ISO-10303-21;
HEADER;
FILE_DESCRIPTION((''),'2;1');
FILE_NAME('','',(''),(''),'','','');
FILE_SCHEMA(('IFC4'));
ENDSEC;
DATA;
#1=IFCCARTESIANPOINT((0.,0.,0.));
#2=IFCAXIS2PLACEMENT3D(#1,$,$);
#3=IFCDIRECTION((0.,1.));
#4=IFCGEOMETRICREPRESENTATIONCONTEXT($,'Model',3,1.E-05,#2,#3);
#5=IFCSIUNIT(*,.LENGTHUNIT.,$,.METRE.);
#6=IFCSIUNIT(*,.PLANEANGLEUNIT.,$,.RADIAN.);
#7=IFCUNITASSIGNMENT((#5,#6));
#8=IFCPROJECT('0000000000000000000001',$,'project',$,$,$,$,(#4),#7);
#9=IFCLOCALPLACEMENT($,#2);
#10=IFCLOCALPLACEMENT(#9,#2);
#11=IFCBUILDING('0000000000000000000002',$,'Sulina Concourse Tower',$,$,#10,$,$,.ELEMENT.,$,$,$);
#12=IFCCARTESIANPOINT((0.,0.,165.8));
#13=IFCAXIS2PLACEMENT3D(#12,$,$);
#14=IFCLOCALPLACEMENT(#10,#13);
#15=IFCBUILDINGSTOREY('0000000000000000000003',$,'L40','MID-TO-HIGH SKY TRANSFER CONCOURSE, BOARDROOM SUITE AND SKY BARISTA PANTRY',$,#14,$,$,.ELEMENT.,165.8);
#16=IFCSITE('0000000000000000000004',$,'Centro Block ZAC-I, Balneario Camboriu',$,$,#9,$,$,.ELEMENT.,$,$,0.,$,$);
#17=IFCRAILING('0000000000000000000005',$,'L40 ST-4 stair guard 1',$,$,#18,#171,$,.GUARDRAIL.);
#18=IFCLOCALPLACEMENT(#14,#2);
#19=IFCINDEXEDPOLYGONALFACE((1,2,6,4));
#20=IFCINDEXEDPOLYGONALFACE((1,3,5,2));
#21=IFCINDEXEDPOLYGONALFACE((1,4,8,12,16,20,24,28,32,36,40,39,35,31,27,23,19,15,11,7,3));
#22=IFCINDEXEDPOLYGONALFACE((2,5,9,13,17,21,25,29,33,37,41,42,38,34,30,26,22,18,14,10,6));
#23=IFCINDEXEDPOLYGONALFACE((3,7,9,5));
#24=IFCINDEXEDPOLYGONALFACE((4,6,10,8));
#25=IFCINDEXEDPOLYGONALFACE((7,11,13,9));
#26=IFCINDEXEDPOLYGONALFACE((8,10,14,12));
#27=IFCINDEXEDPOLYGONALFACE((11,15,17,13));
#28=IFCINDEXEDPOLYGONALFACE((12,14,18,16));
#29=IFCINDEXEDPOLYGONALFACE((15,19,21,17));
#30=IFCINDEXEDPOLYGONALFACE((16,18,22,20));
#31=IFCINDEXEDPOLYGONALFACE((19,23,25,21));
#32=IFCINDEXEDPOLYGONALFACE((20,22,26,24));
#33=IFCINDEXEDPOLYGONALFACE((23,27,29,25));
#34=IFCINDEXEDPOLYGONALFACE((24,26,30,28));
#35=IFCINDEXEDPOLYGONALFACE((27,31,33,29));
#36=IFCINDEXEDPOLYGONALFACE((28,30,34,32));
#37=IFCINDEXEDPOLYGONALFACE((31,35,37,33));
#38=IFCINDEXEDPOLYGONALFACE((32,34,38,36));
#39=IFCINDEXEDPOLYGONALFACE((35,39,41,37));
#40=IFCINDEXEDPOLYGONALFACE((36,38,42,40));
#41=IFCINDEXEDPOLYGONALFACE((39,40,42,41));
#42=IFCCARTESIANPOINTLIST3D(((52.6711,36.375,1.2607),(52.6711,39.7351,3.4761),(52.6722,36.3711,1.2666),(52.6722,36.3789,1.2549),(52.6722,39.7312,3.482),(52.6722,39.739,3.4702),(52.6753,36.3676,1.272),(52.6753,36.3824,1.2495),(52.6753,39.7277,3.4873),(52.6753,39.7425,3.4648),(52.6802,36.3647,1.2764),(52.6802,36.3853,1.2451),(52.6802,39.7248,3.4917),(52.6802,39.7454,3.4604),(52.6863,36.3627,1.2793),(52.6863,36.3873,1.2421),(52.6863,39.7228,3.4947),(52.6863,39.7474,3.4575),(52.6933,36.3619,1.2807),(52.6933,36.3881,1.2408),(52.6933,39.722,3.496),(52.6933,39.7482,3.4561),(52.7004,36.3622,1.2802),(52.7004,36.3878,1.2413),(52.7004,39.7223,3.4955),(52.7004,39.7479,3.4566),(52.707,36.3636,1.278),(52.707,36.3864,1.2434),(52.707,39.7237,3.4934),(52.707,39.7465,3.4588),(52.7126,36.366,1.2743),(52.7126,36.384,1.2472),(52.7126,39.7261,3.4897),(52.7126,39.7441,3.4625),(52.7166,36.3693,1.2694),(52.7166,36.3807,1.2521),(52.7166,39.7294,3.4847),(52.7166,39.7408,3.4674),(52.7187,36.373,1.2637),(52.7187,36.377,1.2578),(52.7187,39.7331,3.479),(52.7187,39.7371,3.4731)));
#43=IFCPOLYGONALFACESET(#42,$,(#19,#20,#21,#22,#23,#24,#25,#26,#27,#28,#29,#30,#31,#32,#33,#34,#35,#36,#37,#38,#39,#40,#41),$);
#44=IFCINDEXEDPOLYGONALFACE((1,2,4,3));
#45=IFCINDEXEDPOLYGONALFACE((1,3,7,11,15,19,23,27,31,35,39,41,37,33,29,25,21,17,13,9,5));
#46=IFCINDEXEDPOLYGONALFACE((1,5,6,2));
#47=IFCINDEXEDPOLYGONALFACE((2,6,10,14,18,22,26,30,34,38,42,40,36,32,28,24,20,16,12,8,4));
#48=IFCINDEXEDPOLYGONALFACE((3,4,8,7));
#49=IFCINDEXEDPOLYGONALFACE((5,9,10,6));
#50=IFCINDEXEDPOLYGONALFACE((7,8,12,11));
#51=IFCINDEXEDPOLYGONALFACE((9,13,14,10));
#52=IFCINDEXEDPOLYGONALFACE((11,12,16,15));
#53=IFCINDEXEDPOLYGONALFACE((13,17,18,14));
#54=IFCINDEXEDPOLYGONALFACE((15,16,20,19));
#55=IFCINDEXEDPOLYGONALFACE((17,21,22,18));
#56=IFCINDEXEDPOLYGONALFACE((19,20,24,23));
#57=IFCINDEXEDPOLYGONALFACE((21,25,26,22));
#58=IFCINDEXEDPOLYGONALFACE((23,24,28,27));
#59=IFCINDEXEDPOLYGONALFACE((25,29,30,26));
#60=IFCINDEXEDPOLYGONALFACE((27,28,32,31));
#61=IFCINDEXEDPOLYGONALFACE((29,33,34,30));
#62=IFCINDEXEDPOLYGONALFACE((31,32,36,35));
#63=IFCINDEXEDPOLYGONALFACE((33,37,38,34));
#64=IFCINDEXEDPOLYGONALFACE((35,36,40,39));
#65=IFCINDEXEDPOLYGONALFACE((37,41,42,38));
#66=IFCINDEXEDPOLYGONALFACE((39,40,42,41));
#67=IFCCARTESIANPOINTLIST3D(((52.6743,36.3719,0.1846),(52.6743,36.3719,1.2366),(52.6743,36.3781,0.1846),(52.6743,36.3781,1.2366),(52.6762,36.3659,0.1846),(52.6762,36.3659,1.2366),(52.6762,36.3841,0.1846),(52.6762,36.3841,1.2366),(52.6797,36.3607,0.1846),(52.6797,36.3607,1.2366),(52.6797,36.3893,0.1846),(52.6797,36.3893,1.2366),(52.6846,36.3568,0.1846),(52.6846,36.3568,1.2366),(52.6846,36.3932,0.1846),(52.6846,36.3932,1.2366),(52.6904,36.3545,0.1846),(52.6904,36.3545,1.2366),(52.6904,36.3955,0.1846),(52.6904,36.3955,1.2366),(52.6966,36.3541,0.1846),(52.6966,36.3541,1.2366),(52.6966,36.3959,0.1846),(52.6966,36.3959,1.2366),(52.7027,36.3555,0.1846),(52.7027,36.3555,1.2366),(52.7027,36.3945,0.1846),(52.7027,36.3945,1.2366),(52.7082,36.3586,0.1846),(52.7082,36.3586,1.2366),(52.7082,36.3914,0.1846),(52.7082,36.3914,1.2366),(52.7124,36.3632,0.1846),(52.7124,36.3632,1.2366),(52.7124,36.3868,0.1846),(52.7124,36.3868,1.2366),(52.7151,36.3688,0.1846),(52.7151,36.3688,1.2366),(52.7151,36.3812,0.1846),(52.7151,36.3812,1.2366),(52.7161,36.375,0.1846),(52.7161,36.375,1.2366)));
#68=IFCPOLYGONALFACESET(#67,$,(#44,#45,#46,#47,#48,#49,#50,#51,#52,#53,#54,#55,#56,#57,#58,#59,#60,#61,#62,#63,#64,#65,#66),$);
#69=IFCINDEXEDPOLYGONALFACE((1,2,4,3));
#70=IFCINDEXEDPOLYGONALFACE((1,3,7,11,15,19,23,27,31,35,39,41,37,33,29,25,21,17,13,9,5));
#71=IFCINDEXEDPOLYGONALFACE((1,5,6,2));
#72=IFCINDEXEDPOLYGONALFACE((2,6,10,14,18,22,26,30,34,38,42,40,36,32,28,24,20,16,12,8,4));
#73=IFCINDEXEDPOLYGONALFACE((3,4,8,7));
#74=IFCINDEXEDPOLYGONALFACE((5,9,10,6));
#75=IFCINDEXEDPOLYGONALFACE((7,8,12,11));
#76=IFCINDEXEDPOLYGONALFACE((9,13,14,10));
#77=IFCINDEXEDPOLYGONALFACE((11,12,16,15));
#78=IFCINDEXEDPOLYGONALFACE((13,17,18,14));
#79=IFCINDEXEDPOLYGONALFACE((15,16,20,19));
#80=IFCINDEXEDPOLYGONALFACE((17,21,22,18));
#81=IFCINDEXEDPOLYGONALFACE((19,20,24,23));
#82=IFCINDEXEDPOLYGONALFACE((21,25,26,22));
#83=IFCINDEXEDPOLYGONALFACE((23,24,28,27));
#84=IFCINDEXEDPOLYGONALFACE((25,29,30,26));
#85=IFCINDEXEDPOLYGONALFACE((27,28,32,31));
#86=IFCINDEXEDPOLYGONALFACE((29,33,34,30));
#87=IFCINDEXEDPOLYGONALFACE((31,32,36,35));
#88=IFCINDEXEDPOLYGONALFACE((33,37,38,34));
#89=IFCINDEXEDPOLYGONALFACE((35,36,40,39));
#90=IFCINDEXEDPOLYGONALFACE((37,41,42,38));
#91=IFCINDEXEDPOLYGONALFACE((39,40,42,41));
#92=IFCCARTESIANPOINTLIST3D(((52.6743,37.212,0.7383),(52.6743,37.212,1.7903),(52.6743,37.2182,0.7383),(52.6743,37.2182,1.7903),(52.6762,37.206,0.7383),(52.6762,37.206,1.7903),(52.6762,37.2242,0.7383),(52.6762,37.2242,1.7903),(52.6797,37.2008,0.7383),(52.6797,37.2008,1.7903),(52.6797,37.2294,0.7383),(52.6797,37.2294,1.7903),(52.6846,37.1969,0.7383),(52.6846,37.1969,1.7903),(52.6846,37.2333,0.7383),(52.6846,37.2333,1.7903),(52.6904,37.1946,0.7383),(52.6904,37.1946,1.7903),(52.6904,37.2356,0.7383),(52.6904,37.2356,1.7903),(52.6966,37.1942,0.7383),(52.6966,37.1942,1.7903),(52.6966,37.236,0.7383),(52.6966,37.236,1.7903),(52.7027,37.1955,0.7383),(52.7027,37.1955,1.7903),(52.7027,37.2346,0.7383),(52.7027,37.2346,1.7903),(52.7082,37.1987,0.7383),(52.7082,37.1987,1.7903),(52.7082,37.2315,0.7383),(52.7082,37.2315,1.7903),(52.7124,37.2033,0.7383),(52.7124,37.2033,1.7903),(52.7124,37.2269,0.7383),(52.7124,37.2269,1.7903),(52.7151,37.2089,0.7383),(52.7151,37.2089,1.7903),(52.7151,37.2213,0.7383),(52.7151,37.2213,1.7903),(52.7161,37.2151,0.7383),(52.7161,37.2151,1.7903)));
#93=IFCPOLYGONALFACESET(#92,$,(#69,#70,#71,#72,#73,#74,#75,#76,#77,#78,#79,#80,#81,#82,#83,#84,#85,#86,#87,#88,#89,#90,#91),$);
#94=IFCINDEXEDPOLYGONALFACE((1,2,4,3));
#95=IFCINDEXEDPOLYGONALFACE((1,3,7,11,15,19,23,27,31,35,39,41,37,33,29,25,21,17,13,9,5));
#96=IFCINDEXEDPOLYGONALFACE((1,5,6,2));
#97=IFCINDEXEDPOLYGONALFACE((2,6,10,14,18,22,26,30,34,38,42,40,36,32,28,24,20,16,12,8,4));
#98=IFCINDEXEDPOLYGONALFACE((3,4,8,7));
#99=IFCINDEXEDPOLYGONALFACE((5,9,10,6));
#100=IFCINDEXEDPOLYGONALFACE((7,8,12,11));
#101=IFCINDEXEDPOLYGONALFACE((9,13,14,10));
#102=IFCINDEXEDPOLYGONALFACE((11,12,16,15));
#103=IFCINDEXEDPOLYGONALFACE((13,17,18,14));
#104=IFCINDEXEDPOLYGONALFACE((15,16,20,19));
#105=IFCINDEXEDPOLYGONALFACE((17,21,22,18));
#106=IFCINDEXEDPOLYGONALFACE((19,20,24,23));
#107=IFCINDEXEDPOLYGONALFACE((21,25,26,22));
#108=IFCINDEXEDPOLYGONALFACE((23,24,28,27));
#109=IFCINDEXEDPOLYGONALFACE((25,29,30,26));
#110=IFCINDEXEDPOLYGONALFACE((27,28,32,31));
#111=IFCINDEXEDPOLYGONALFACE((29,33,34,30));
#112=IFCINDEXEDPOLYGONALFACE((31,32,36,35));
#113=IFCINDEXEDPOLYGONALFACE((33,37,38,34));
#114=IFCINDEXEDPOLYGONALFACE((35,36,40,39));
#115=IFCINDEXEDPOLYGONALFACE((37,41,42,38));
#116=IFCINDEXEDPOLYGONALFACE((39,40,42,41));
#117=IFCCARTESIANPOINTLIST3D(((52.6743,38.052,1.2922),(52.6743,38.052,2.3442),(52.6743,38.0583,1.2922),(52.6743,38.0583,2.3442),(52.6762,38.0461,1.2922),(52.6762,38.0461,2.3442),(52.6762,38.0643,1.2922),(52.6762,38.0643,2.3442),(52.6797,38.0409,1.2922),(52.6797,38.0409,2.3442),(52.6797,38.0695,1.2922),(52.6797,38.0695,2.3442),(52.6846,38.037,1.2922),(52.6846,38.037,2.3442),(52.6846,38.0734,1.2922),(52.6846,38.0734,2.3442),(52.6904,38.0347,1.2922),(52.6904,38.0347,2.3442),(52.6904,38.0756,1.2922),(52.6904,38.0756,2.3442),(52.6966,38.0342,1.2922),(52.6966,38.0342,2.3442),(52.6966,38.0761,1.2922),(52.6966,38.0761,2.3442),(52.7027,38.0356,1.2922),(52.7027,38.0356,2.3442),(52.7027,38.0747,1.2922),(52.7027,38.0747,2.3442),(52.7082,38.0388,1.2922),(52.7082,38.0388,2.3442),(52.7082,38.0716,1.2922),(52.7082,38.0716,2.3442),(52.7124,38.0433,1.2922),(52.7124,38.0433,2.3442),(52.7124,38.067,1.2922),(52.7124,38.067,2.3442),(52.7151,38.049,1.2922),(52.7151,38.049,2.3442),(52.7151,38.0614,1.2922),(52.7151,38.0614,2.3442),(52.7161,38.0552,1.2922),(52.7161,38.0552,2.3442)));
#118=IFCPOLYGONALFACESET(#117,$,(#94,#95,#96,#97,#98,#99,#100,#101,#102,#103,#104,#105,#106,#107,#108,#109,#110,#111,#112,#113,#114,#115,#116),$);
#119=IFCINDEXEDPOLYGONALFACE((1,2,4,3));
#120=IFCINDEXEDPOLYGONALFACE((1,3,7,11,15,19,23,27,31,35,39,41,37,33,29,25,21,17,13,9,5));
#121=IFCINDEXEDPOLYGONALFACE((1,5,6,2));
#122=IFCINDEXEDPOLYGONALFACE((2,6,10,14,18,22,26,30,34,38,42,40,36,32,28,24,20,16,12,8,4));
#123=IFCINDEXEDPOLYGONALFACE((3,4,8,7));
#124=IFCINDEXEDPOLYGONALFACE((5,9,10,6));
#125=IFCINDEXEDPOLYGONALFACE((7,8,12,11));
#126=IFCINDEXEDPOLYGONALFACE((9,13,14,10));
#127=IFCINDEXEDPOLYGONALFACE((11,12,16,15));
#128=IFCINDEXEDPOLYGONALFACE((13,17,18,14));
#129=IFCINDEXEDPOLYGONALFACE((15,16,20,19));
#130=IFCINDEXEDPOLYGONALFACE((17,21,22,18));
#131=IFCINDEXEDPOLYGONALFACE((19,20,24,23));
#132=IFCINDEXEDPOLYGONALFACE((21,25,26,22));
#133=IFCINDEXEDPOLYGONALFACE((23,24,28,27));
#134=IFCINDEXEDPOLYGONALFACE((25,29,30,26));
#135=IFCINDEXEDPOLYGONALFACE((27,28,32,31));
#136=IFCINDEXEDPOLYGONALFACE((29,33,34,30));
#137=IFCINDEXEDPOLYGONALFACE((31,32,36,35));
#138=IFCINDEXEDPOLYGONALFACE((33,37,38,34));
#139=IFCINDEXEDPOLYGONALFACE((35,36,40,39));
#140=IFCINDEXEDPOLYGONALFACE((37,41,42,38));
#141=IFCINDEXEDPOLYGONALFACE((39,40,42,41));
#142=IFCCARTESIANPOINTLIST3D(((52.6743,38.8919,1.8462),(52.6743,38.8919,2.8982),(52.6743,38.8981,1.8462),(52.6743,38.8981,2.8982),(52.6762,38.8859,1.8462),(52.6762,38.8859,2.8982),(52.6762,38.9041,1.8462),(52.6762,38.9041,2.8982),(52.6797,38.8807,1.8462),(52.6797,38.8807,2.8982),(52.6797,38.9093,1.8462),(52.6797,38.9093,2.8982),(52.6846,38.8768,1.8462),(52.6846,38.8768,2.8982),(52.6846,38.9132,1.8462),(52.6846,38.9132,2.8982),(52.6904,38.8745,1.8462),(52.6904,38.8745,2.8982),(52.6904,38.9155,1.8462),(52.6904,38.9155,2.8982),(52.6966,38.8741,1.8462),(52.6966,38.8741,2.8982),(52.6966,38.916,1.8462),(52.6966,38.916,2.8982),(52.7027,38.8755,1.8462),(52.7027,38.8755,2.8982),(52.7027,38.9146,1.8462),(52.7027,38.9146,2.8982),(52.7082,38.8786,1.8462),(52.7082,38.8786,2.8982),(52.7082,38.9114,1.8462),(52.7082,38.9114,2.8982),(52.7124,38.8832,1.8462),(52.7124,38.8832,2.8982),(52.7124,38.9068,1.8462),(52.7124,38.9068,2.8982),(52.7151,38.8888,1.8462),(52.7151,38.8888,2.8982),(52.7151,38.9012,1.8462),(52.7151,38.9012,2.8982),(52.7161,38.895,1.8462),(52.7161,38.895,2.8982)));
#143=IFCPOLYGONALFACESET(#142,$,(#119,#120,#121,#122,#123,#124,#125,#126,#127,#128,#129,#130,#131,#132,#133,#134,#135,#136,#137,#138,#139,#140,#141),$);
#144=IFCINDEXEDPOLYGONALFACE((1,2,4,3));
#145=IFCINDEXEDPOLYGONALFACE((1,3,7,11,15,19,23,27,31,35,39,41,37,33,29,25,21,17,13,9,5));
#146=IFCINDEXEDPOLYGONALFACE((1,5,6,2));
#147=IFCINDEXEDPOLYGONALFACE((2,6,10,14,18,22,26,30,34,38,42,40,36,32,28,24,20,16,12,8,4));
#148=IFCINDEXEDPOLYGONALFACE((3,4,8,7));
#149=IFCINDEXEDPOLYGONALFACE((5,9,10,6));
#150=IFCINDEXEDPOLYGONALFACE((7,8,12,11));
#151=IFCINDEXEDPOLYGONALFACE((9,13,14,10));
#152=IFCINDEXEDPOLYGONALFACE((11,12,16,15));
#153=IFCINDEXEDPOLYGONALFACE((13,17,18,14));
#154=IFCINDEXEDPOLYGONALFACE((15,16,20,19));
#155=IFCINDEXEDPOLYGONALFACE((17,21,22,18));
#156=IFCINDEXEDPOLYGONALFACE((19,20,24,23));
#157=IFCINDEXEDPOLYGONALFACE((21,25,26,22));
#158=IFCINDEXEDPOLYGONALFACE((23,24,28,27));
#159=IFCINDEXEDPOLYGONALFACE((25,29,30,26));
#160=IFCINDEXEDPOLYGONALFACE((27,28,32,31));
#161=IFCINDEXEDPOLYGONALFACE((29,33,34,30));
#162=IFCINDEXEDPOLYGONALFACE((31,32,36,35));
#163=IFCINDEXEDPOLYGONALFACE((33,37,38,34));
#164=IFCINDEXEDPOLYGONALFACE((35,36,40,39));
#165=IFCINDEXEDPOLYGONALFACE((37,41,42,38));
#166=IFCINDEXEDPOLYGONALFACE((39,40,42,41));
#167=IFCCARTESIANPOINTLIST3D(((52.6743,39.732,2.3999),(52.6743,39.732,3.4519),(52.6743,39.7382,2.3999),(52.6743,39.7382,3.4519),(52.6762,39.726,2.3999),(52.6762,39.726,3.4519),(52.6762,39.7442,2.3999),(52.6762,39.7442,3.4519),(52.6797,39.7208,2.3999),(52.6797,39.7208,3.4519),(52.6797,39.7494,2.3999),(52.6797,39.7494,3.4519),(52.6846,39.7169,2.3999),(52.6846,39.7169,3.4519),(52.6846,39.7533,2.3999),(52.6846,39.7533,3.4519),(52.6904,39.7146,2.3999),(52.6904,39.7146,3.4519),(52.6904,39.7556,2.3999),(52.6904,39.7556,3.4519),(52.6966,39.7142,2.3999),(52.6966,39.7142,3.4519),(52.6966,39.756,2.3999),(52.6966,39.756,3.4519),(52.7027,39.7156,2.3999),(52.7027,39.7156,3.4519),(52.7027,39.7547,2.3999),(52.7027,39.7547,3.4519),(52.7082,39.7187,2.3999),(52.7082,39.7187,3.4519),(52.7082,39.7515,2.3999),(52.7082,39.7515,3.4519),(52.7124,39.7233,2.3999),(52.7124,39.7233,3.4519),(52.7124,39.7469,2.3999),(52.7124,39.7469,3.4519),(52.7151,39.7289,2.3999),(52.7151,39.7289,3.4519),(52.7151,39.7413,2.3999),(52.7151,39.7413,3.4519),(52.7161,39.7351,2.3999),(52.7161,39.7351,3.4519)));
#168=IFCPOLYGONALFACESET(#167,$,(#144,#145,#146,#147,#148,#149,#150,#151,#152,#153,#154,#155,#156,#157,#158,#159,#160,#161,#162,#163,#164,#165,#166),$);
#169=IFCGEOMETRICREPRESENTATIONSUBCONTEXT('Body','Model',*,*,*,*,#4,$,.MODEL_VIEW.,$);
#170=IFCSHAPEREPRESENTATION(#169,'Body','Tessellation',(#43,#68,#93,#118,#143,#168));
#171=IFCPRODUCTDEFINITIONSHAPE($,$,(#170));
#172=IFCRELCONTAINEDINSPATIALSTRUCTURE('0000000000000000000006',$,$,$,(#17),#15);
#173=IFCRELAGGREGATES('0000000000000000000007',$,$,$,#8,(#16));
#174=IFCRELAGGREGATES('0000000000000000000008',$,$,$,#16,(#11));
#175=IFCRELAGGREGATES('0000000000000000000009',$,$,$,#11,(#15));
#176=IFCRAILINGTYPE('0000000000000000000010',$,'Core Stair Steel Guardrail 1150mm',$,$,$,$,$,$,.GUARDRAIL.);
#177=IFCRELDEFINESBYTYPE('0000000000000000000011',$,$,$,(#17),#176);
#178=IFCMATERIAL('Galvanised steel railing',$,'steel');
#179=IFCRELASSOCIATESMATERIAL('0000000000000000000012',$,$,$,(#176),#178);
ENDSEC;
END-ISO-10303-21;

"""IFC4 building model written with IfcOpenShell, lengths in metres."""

from ifc_helpers import new_model, si_unit, direction, frame, origin, origin_2d, place, context, subcontext, project, spatial, circle, extrude, material, type_object, element, save


model = new_model("IFC4")

# Units and contexts
model_context = context("Model", 3, precision=1e-05, world=origin(), true_north=direction((0.0, 1.0)))
body_context = subcontext(model_context, "Body", "Model", "MODEL_VIEW")
ifc_project = project(units=[si_unit("LENGTHUNIT", "METRE"), si_unit("PLANEANGLEUNIT", "RADIAN")], contexts=[model_context])

# Site, building, storey
site_placement = place(None, origin())
site = spatial("IfcSite", under=ifc_project, at=site_placement, Name="Centro Block ZAC-I, Balneario Camboriu", CompositionType="ELEMENT", RefElevation=0.0)
building_placement = place(site_placement, origin())
building = spatial("IfcBuilding", under=site, at=building_placement, Name="Sulina Concourse Tower", CompositionType="ELEMENT")
storey_placement = place(building_placement, frame((0.0, 0.0, 165.8)))
storey = spatial("IfcBuildingStorey", under=building, at=storey_placement, Name="L40", Description="MID-TO-HIGH SKY TRANSFER CONCOURSE, BOARDROOM SUITE AND SKY BARISTA PANTRY", CompositionType="ELEMENT", Elevation=165.8)

# Railing
ifc_material_1 = material(Name="Galvanised steel railing", Category="steel")
railing_type_1 = type_object("IfcRailingType", Name="Core Stair Steel Guardrail 1150mm", PredefinedType="GUARDRAIL", material=ifc_material_1)
railing_1_placement = place(storey_placement, frame((52.6951, 36.375, 0.1846)))
element("IfcRailing", 1, at=railing_1_placement, inside=storey, type_object=railing_type_1, Name="L40 ST-4 stair guard 1", PredefinedType="GUARDRAIL", context=body_context, shape_type="SweptSolid", body=[
    extrude(circle(Radius=0.0239, at=origin_2d()), frame((0.0, 0.0, 1.0762), z_axis=(0.0, 0.834876, 0.550437), x_axis=(-1.0, 0.0, 0.0)), (0.0, 0.0, 1.0), 4.0247),
    extrude(circle(Radius=0.021, at=origin_2d()), origin(), (0.0, 0.0, 1.0), 1.052),
    extrude(circle(Radius=0.021, at=origin_2d()), frame((0.0, 0.8401, 0.5537)), (0.0, 0.0, 1.0), 1.052),
    extrude(circle(Radius=0.021, at=origin_2d()), frame((0.0, 1.6802, 1.1077)), (0.0, 0.0, 1.0), 1.052),
    extrude(circle(Radius=0.021, at=origin_2d()), frame((0.0, 2.52, 1.6616)), (0.0, 0.0, 1.0), 1.052),
    extrude(circle(Radius=0.021, at=origin_2d()), frame((0.0, 3.3601, 2.2153)), (0.0, 0.0, 1.0), 1.052),
])

save(model, "model.ifc")
